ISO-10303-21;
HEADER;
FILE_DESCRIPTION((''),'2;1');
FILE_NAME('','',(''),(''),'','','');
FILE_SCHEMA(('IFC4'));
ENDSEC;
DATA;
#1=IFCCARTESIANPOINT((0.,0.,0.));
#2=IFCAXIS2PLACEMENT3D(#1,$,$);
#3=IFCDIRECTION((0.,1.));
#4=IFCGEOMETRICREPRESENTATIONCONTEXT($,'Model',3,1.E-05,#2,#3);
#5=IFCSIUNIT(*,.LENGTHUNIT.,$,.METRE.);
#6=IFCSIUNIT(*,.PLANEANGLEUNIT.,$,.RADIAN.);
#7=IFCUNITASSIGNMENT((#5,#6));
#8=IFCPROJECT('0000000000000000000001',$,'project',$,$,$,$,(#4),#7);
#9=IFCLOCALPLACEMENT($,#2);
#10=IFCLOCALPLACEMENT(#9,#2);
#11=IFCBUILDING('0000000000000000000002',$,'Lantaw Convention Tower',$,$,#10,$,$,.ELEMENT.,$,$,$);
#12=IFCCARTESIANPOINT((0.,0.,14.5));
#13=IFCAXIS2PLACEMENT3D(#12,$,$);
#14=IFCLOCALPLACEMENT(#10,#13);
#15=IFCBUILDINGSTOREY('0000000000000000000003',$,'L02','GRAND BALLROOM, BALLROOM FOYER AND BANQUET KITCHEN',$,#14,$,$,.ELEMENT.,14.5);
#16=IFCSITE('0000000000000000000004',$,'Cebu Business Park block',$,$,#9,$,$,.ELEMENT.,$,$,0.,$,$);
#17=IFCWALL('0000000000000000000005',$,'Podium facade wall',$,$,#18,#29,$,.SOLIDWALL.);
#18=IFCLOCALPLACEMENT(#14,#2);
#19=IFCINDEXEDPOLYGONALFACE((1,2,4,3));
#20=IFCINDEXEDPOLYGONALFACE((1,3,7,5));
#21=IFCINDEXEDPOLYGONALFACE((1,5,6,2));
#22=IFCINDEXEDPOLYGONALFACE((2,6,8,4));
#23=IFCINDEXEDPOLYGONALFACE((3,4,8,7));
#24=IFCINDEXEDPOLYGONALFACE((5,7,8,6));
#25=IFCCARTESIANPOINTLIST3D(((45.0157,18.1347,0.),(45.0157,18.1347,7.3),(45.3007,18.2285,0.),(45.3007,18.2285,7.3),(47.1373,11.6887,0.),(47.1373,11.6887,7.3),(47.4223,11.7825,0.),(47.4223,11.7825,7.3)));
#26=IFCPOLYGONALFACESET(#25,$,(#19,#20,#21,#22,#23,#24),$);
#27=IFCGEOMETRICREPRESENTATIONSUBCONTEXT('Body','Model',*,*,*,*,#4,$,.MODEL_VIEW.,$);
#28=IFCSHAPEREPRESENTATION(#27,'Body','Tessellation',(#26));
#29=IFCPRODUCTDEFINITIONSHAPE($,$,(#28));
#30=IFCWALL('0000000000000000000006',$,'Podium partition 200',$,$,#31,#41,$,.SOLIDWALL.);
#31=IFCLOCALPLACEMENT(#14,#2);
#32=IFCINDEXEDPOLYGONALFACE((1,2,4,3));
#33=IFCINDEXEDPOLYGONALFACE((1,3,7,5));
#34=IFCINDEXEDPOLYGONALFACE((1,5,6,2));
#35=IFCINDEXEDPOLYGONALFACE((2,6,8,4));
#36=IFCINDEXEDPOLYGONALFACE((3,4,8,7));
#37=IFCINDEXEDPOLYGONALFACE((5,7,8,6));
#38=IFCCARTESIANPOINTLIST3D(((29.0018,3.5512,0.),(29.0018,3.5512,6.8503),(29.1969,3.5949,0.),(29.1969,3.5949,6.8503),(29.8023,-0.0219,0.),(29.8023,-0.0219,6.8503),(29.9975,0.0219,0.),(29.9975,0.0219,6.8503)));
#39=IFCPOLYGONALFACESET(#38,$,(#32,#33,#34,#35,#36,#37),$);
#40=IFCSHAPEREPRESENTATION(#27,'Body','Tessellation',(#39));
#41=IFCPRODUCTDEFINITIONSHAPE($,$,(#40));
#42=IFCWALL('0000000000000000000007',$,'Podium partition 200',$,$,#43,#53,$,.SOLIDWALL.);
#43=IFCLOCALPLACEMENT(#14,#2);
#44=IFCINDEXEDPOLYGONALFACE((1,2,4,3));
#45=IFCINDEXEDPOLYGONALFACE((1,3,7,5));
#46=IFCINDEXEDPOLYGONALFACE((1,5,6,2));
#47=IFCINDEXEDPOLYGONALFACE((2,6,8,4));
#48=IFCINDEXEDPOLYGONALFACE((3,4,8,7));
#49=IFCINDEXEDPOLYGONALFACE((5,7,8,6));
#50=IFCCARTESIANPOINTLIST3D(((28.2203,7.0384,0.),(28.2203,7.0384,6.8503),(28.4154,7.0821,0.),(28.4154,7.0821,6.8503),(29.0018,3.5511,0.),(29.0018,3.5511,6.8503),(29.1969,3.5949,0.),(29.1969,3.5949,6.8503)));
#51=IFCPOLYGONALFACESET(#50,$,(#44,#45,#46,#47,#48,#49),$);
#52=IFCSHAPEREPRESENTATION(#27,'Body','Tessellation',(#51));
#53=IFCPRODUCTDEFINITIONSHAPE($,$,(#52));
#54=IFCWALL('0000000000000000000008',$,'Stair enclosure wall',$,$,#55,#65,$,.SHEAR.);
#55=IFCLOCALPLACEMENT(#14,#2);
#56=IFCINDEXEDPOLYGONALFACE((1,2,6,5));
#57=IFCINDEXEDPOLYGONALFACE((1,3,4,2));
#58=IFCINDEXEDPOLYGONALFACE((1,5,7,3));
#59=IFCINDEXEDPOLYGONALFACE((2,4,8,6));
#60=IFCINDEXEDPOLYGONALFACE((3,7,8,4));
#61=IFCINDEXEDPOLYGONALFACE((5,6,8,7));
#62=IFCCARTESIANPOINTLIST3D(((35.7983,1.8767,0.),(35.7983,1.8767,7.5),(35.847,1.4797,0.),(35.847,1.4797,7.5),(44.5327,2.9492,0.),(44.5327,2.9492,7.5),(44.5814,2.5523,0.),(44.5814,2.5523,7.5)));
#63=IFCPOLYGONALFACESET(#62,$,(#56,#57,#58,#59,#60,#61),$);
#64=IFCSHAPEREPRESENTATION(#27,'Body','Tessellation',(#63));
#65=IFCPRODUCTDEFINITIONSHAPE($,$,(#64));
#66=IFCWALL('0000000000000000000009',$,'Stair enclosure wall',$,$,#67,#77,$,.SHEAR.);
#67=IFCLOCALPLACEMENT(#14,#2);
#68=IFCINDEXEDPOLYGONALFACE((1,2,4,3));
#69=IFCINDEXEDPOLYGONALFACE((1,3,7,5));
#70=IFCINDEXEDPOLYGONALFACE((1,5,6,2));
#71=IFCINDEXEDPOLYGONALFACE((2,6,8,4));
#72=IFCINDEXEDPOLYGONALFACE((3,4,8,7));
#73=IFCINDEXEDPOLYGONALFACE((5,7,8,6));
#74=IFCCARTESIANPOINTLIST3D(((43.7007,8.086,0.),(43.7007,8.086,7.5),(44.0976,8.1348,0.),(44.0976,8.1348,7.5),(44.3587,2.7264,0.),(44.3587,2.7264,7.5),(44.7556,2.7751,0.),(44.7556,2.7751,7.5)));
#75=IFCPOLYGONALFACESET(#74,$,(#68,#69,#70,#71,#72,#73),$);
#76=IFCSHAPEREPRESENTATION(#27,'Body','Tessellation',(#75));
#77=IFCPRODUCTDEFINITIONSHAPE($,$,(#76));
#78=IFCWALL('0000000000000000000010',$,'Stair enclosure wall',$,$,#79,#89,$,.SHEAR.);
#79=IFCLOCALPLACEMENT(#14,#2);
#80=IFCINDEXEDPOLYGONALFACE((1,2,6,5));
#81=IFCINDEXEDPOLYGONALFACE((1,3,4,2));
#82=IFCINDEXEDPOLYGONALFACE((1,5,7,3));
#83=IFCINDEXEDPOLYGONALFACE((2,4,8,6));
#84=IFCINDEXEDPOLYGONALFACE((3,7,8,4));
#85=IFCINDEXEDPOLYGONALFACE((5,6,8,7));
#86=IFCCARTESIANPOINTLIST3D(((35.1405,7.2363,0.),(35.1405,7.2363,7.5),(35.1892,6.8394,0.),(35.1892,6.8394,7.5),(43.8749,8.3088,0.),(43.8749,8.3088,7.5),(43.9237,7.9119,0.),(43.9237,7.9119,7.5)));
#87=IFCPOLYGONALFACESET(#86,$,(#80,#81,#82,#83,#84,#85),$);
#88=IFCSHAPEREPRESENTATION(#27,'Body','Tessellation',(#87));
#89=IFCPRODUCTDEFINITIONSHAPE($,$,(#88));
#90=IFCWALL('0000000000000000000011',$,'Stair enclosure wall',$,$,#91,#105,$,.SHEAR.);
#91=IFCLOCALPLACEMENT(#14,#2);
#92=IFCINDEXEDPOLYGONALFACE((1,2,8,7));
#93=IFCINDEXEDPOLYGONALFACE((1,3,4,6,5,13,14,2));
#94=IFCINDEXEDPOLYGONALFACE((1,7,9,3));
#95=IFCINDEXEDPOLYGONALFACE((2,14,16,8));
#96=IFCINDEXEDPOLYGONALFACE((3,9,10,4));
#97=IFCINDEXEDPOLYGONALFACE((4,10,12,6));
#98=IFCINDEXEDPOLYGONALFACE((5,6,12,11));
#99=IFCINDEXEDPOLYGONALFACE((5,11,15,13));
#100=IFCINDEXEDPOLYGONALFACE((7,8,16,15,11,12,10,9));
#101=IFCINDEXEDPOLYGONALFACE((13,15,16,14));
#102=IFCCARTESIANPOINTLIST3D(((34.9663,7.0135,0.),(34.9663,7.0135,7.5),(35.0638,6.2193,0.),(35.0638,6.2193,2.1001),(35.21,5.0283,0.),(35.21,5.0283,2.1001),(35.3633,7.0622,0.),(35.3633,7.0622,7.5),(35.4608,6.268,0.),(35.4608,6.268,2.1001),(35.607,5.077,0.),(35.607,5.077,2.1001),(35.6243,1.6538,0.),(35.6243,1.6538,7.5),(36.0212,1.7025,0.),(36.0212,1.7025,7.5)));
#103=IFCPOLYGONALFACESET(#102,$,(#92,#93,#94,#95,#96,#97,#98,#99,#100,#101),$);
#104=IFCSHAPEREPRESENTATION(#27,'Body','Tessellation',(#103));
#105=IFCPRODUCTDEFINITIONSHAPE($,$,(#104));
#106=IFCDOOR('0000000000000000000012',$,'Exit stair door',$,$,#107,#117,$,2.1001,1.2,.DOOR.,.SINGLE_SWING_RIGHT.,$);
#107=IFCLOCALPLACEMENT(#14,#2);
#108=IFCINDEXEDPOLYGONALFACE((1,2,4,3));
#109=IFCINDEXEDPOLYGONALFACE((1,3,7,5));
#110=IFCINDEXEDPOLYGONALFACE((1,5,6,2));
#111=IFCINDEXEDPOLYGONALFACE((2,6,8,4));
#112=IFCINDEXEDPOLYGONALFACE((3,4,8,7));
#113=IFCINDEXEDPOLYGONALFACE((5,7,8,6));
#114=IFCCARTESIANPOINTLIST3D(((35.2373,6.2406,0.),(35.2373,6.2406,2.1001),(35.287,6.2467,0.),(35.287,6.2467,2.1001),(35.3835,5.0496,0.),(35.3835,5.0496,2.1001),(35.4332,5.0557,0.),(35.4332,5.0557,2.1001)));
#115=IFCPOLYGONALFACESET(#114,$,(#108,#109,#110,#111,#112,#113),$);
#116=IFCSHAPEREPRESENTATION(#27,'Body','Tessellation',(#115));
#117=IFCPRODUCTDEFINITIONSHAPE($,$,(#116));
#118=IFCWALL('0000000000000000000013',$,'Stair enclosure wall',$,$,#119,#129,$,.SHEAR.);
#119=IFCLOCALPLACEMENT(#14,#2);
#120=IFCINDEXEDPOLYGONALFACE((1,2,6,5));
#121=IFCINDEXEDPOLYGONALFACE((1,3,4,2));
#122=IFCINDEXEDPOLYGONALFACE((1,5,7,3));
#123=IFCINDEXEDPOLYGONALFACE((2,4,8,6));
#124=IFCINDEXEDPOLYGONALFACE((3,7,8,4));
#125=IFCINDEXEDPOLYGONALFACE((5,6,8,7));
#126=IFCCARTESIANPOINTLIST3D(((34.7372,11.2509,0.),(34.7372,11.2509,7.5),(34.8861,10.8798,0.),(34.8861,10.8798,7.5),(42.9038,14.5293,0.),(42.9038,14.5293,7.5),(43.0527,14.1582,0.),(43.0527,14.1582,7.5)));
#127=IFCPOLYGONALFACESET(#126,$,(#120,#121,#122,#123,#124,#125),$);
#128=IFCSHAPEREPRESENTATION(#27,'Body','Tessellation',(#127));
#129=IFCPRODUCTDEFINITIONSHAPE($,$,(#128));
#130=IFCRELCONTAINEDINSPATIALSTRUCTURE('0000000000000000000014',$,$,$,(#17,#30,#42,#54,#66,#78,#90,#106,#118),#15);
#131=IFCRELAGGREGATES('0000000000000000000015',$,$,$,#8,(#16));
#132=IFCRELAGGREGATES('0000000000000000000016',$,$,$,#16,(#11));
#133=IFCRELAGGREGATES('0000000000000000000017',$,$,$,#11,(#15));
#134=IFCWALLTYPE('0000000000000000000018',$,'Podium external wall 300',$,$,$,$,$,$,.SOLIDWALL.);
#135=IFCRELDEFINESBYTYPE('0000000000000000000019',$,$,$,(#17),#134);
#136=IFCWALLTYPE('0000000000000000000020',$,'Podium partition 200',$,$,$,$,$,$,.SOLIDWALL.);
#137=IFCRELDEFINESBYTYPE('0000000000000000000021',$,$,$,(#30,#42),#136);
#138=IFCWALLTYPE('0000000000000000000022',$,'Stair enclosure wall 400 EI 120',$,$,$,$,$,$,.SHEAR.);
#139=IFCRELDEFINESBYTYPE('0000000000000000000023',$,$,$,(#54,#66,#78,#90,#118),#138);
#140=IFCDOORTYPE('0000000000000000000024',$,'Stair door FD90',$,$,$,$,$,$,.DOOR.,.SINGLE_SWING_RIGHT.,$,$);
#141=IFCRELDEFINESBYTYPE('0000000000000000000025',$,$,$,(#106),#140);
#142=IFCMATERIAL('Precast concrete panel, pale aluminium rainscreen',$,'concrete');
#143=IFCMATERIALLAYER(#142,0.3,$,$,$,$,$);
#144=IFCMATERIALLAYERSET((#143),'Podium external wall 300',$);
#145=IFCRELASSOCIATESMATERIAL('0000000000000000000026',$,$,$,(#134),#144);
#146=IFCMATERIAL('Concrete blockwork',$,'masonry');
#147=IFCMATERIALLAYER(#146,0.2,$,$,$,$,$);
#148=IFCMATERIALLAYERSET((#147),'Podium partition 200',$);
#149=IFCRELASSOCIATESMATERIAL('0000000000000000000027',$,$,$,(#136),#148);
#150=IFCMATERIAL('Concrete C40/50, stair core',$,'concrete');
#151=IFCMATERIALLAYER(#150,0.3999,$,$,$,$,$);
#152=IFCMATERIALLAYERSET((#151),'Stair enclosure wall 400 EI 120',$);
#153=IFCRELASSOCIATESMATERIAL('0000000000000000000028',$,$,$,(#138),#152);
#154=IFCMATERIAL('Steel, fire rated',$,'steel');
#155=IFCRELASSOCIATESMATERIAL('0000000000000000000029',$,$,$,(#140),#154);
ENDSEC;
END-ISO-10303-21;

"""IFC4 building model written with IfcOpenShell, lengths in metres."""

from ifc_helpers import new_model, si_unit, direction, frame, frame_2d, origin, place, context, subcontext, project, spatial, rectangle, extrude, material, layer, layer_set, type_object, element, fill, save


model = new_model("IFC4")

# Units and contexts
model_context = context("Model", 3, precision=1e-05, world=origin(), true_north=direction((0.0, 1.0)))
body_context = subcontext(model_context, "Body", "Model", "MODEL_VIEW")
ifc_project = project(units=[si_unit("LENGTHUNIT", "METRE"), si_unit("PLANEANGLEUNIT", "RADIAN")], contexts=[model_context])

# Site, building, storey
site_placement = place(None, origin())
site = spatial("IfcSite", under=ifc_project, at=site_placement, Name="Cebu Business Park block", CompositionType="ELEMENT", RefElevation=0.0)
building_placement = place(site_placement, origin())
building = spatial("IfcBuilding", under=site, at=building_placement, Name="Lantaw Convention Tower", CompositionType="ELEMENT")
storey_placement = place(building_placement, frame((0.0, 0.0, 14.5)))
storey = spatial("IfcBuildingStorey", under=building, at=storey_placement, Name="L02", Description="GRAND BALLROOM, BALLROOM FOYER AND BANQUET KITCHEN", CompositionType="ELEMENT", Elevation=14.5)

# Walls
ifc_material_1 = material(Name="Precast concrete panel, pale aluminium rainscreen", Category="concrete")
ifc_layer_1 = layer(ifc_material_1, 0.3)
ifc_layer_set_1 = layer_set([ifc_layer_1], Name="Podium external wall 300")
wall_type_1 = type_object("IfcWallType", Name="Podium external wall 300", PredefinedType="SOLIDWALL", material=ifc_layer_set_1)
wall_1_placement = place(storey_placement, frame((47.2798, 11.7356, 0.0), z_axis=(0.0, 0.0, 1.0), x_axis=(-0.312631, 0.949874, 0.0)))
element("IfcWall", 1, at=wall_1_placement, inside=storey, type_object=wall_type_1, Name="Podium facade wall", PredefinedType="SOLIDWALL", context=body_context, shape_type="SweptSolid", body=[
    extrude(rectangle(XDim=6.7861, YDim=0.3, at=frame_2d((3.3931, 0.0))), origin(), (0.0, 0.0, 1.0), 7.3),
])
ifc_material_2 = material(Name="Concrete blockwork", Category="masonry")
ifc_layer_2 = layer(ifc_material_2, 0.2)
ifc_layer_set_2 = layer_set([ifc_layer_2], Name="Podium partition 200")
wall_type_2 = type_object("IfcWallType", Name="Podium partition 200", PredefinedType="SOLIDWALL", material=ifc_layer_set_2)
wall_2_placement = place(storey_placement, frame((29.8999, 0.0, 0.0), z_axis=(0.0, 0.0, 1.0), x_axis=(-0.218632, 0.975807, 0.0)))
element("IfcWall", 2, at=wall_2_placement, inside=storey, type_object=wall_type_2, Name="Podium partition 200", PredefinedType="SOLIDWALL", context=body_context, shape_type="SweptSolid", body=[
    extrude(rectangle(XDim=3.6616, YDim=0.2, at=frame_2d((1.8308, 0.0))), origin(), (0.0, 0.0, 1.0), 6.8503),
])
wall_3_placement = place(storey_placement, frame((29.0994, 3.573, 0.0), z_axis=(0.0, 0.0, 1.0), x_axis=(-0.218673, 0.975798, 0.0)))
element("IfcWall", 3, at=wall_3_placement, inside=storey, type_object=wall_type_2, Name="Podium partition 200", PredefinedType="SOLIDWALL", context=body_context, shape_type="SweptSolid", body=[
    extrude(rectangle(XDim=3.5737, YDim=0.2, at=frame_2d((1.7869, 0.0))), origin(), (0.0, 0.0, 1.0), 6.8503),
])
ifc_material_3 = material(Name="Concrete C40/50, stair core", Category="concrete")
ifc_layer_3 = layer(ifc_material_3, 0.3999)
ifc_layer_set_3 = layer_set([ifc_layer_3], Name="Stair enclosure wall 400 EI 120")
wall_type_3 = type_object("IfcWallType", Name="Stair enclosure wall 400 EI 120", PredefinedType="SHEAR", material=ifc_layer_set_3)
wall_4_placement = place(storey_placement, frame((35.8228, 1.6782, 0.0), z_axis=(0.0, 0.0, 1.0), x_axis=(0.992545, 0.121876, 0.0)))
element("IfcWall", 4, at=wall_4_placement, inside=storey, type_object=wall_type_3, Name="Stair enclosure wall", PredefinedType="SHEAR", context=body_context, shape_type="SweptSolid", body=[
    extrude(rectangle(XDim=8.8, YDim=0.3999, at=frame_2d((4.3999, 0.0))), origin(), (0.0, 0.0, 1.0), 7.5),
])
wall_5_placement = place(storey_placement, frame((44.5571, 2.7507, 0.0), z_axis=(0.0, 0.0, 1.0), x_axis=(-0.121848, 0.992549, 0.0)))
element("IfcWall", 5, at=wall_5_placement, inside=storey, type_object=wall_type_3, Name="Stair enclosure wall", PredefinedType="SHEAR", context=body_context, shape_type="SweptSolid", body=[
    extrude(rectangle(XDim=5.3999, YDim=0.3999, at=frame_2d((2.7, 0.0))), origin(), (0.0, 0.0, 1.0), 7.5),
])
wall_6_placement = place(storey_placement, frame((43.8992, 8.1104, 0.0), z_axis=(0.0, 0.0, 1.0), x_axis=(-0.992545, -0.121876, 0.0)))
element("IfcWall", 6, at=wall_6_placement, inside=storey, type_object=wall_type_3, Name="Stair enclosure wall", PredefinedType="SHEAR", context=body_context, shape_type="SweptSolid", body=[
    extrude(rectangle(XDim=8.8, YDim=0.3999, at=frame_2d((4.3999, 0.0))), origin(), (0.0, 0.0, 1.0), 7.5),
])

# Wall, opening, door
wall_7_placement = place(storey_placement, frame((35.1648, 7.0378, 0.0), z_axis=(0.0, 0.0, 1.0), x_axis=(0.121848, -0.992549, 0.0)))
wall_7 = element("IfcWall", 7, at=wall_7_placement, inside=storey, type_object=wall_type_3, Name="Stair enclosure wall", PredefinedType="SHEAR", context=body_context, shape_type="SweptSolid", body=[
    extrude(rectangle(XDim=5.3999, YDim=0.3999, at=frame_2d((2.7, 0.0))), origin(), (0.0, 0.0, 1.0), 7.5),
])
opening_placement = place(wall_7_placement, frame((0.8, 0.0, 0.0)))
opening = element("IfcOpeningElement", 8, at=opening_placement, cuts=wall_7, PredefinedType="OPENING", context=body_context, shape_type="SweptSolid", body=[
    extrude(rectangle(XDim=1.2, YDim=2.1001, at=frame_2d((0.6001, 1.05))), frame((0.0, 0.21, 0.0), z_axis=(0.0, -1.0, 0.0), x_axis=(1.0, 0.0, 0.0)), (0.0, 0.0, 1.0), 0.4199),
])
ifc_material_4 = material(Name="Steel, fire rated", Category="steel")
door_type = type_object("IfcDoorType", Name="Stair door FD90", OperationType="SINGLE_SWING_RIGHT", PredefinedType="DOOR", material=ifc_material_4)
door_placement = place(opening_placement, origin())
door = element("IfcDoor", 9, at=door_placement, inside=storey, type_object=door_type, Name="Exit stair door", OperationType="SINGLE_SWING_RIGHT", OverallHeight=2.1001, OverallWidth=1.2, PredefinedType="DOOR", context=body_context, shape_type="SweptSolid", body=[
    extrude(rectangle(XDim=1.2, YDim=2.1001, at=frame_2d((0.6001, 1.05))), frame((0.0, 0.0249, 0.0), z_axis=(0.0, -1.0, 0.0), x_axis=(1.0, 0.0, 0.0)), (0.0, 0.0, 1.0), 0.05),
])
fill(opening, door)

# Wall
wall_8_placement = place(storey_placement, frame((34.8118, 11.0654, 0.0), z_axis=(0.0, 0.0, 1.0), x_axis=(0.928017, 0.372538, 0.0)))
element("IfcWall", 10, at=wall_8_placement, inside=storey, type_object=wall_type_3, Name="Stair enclosure wall", PredefinedType="SHEAR", context=body_context, shape_type="SweptSolid", body=[
    extrude(rectangle(XDim=8.8, YDim=0.3999, at=frame_2d((4.3999, 0.0))), origin(), (0.0, 0.0, 1.0), 7.5),
])

save(model, "model.ifc")
